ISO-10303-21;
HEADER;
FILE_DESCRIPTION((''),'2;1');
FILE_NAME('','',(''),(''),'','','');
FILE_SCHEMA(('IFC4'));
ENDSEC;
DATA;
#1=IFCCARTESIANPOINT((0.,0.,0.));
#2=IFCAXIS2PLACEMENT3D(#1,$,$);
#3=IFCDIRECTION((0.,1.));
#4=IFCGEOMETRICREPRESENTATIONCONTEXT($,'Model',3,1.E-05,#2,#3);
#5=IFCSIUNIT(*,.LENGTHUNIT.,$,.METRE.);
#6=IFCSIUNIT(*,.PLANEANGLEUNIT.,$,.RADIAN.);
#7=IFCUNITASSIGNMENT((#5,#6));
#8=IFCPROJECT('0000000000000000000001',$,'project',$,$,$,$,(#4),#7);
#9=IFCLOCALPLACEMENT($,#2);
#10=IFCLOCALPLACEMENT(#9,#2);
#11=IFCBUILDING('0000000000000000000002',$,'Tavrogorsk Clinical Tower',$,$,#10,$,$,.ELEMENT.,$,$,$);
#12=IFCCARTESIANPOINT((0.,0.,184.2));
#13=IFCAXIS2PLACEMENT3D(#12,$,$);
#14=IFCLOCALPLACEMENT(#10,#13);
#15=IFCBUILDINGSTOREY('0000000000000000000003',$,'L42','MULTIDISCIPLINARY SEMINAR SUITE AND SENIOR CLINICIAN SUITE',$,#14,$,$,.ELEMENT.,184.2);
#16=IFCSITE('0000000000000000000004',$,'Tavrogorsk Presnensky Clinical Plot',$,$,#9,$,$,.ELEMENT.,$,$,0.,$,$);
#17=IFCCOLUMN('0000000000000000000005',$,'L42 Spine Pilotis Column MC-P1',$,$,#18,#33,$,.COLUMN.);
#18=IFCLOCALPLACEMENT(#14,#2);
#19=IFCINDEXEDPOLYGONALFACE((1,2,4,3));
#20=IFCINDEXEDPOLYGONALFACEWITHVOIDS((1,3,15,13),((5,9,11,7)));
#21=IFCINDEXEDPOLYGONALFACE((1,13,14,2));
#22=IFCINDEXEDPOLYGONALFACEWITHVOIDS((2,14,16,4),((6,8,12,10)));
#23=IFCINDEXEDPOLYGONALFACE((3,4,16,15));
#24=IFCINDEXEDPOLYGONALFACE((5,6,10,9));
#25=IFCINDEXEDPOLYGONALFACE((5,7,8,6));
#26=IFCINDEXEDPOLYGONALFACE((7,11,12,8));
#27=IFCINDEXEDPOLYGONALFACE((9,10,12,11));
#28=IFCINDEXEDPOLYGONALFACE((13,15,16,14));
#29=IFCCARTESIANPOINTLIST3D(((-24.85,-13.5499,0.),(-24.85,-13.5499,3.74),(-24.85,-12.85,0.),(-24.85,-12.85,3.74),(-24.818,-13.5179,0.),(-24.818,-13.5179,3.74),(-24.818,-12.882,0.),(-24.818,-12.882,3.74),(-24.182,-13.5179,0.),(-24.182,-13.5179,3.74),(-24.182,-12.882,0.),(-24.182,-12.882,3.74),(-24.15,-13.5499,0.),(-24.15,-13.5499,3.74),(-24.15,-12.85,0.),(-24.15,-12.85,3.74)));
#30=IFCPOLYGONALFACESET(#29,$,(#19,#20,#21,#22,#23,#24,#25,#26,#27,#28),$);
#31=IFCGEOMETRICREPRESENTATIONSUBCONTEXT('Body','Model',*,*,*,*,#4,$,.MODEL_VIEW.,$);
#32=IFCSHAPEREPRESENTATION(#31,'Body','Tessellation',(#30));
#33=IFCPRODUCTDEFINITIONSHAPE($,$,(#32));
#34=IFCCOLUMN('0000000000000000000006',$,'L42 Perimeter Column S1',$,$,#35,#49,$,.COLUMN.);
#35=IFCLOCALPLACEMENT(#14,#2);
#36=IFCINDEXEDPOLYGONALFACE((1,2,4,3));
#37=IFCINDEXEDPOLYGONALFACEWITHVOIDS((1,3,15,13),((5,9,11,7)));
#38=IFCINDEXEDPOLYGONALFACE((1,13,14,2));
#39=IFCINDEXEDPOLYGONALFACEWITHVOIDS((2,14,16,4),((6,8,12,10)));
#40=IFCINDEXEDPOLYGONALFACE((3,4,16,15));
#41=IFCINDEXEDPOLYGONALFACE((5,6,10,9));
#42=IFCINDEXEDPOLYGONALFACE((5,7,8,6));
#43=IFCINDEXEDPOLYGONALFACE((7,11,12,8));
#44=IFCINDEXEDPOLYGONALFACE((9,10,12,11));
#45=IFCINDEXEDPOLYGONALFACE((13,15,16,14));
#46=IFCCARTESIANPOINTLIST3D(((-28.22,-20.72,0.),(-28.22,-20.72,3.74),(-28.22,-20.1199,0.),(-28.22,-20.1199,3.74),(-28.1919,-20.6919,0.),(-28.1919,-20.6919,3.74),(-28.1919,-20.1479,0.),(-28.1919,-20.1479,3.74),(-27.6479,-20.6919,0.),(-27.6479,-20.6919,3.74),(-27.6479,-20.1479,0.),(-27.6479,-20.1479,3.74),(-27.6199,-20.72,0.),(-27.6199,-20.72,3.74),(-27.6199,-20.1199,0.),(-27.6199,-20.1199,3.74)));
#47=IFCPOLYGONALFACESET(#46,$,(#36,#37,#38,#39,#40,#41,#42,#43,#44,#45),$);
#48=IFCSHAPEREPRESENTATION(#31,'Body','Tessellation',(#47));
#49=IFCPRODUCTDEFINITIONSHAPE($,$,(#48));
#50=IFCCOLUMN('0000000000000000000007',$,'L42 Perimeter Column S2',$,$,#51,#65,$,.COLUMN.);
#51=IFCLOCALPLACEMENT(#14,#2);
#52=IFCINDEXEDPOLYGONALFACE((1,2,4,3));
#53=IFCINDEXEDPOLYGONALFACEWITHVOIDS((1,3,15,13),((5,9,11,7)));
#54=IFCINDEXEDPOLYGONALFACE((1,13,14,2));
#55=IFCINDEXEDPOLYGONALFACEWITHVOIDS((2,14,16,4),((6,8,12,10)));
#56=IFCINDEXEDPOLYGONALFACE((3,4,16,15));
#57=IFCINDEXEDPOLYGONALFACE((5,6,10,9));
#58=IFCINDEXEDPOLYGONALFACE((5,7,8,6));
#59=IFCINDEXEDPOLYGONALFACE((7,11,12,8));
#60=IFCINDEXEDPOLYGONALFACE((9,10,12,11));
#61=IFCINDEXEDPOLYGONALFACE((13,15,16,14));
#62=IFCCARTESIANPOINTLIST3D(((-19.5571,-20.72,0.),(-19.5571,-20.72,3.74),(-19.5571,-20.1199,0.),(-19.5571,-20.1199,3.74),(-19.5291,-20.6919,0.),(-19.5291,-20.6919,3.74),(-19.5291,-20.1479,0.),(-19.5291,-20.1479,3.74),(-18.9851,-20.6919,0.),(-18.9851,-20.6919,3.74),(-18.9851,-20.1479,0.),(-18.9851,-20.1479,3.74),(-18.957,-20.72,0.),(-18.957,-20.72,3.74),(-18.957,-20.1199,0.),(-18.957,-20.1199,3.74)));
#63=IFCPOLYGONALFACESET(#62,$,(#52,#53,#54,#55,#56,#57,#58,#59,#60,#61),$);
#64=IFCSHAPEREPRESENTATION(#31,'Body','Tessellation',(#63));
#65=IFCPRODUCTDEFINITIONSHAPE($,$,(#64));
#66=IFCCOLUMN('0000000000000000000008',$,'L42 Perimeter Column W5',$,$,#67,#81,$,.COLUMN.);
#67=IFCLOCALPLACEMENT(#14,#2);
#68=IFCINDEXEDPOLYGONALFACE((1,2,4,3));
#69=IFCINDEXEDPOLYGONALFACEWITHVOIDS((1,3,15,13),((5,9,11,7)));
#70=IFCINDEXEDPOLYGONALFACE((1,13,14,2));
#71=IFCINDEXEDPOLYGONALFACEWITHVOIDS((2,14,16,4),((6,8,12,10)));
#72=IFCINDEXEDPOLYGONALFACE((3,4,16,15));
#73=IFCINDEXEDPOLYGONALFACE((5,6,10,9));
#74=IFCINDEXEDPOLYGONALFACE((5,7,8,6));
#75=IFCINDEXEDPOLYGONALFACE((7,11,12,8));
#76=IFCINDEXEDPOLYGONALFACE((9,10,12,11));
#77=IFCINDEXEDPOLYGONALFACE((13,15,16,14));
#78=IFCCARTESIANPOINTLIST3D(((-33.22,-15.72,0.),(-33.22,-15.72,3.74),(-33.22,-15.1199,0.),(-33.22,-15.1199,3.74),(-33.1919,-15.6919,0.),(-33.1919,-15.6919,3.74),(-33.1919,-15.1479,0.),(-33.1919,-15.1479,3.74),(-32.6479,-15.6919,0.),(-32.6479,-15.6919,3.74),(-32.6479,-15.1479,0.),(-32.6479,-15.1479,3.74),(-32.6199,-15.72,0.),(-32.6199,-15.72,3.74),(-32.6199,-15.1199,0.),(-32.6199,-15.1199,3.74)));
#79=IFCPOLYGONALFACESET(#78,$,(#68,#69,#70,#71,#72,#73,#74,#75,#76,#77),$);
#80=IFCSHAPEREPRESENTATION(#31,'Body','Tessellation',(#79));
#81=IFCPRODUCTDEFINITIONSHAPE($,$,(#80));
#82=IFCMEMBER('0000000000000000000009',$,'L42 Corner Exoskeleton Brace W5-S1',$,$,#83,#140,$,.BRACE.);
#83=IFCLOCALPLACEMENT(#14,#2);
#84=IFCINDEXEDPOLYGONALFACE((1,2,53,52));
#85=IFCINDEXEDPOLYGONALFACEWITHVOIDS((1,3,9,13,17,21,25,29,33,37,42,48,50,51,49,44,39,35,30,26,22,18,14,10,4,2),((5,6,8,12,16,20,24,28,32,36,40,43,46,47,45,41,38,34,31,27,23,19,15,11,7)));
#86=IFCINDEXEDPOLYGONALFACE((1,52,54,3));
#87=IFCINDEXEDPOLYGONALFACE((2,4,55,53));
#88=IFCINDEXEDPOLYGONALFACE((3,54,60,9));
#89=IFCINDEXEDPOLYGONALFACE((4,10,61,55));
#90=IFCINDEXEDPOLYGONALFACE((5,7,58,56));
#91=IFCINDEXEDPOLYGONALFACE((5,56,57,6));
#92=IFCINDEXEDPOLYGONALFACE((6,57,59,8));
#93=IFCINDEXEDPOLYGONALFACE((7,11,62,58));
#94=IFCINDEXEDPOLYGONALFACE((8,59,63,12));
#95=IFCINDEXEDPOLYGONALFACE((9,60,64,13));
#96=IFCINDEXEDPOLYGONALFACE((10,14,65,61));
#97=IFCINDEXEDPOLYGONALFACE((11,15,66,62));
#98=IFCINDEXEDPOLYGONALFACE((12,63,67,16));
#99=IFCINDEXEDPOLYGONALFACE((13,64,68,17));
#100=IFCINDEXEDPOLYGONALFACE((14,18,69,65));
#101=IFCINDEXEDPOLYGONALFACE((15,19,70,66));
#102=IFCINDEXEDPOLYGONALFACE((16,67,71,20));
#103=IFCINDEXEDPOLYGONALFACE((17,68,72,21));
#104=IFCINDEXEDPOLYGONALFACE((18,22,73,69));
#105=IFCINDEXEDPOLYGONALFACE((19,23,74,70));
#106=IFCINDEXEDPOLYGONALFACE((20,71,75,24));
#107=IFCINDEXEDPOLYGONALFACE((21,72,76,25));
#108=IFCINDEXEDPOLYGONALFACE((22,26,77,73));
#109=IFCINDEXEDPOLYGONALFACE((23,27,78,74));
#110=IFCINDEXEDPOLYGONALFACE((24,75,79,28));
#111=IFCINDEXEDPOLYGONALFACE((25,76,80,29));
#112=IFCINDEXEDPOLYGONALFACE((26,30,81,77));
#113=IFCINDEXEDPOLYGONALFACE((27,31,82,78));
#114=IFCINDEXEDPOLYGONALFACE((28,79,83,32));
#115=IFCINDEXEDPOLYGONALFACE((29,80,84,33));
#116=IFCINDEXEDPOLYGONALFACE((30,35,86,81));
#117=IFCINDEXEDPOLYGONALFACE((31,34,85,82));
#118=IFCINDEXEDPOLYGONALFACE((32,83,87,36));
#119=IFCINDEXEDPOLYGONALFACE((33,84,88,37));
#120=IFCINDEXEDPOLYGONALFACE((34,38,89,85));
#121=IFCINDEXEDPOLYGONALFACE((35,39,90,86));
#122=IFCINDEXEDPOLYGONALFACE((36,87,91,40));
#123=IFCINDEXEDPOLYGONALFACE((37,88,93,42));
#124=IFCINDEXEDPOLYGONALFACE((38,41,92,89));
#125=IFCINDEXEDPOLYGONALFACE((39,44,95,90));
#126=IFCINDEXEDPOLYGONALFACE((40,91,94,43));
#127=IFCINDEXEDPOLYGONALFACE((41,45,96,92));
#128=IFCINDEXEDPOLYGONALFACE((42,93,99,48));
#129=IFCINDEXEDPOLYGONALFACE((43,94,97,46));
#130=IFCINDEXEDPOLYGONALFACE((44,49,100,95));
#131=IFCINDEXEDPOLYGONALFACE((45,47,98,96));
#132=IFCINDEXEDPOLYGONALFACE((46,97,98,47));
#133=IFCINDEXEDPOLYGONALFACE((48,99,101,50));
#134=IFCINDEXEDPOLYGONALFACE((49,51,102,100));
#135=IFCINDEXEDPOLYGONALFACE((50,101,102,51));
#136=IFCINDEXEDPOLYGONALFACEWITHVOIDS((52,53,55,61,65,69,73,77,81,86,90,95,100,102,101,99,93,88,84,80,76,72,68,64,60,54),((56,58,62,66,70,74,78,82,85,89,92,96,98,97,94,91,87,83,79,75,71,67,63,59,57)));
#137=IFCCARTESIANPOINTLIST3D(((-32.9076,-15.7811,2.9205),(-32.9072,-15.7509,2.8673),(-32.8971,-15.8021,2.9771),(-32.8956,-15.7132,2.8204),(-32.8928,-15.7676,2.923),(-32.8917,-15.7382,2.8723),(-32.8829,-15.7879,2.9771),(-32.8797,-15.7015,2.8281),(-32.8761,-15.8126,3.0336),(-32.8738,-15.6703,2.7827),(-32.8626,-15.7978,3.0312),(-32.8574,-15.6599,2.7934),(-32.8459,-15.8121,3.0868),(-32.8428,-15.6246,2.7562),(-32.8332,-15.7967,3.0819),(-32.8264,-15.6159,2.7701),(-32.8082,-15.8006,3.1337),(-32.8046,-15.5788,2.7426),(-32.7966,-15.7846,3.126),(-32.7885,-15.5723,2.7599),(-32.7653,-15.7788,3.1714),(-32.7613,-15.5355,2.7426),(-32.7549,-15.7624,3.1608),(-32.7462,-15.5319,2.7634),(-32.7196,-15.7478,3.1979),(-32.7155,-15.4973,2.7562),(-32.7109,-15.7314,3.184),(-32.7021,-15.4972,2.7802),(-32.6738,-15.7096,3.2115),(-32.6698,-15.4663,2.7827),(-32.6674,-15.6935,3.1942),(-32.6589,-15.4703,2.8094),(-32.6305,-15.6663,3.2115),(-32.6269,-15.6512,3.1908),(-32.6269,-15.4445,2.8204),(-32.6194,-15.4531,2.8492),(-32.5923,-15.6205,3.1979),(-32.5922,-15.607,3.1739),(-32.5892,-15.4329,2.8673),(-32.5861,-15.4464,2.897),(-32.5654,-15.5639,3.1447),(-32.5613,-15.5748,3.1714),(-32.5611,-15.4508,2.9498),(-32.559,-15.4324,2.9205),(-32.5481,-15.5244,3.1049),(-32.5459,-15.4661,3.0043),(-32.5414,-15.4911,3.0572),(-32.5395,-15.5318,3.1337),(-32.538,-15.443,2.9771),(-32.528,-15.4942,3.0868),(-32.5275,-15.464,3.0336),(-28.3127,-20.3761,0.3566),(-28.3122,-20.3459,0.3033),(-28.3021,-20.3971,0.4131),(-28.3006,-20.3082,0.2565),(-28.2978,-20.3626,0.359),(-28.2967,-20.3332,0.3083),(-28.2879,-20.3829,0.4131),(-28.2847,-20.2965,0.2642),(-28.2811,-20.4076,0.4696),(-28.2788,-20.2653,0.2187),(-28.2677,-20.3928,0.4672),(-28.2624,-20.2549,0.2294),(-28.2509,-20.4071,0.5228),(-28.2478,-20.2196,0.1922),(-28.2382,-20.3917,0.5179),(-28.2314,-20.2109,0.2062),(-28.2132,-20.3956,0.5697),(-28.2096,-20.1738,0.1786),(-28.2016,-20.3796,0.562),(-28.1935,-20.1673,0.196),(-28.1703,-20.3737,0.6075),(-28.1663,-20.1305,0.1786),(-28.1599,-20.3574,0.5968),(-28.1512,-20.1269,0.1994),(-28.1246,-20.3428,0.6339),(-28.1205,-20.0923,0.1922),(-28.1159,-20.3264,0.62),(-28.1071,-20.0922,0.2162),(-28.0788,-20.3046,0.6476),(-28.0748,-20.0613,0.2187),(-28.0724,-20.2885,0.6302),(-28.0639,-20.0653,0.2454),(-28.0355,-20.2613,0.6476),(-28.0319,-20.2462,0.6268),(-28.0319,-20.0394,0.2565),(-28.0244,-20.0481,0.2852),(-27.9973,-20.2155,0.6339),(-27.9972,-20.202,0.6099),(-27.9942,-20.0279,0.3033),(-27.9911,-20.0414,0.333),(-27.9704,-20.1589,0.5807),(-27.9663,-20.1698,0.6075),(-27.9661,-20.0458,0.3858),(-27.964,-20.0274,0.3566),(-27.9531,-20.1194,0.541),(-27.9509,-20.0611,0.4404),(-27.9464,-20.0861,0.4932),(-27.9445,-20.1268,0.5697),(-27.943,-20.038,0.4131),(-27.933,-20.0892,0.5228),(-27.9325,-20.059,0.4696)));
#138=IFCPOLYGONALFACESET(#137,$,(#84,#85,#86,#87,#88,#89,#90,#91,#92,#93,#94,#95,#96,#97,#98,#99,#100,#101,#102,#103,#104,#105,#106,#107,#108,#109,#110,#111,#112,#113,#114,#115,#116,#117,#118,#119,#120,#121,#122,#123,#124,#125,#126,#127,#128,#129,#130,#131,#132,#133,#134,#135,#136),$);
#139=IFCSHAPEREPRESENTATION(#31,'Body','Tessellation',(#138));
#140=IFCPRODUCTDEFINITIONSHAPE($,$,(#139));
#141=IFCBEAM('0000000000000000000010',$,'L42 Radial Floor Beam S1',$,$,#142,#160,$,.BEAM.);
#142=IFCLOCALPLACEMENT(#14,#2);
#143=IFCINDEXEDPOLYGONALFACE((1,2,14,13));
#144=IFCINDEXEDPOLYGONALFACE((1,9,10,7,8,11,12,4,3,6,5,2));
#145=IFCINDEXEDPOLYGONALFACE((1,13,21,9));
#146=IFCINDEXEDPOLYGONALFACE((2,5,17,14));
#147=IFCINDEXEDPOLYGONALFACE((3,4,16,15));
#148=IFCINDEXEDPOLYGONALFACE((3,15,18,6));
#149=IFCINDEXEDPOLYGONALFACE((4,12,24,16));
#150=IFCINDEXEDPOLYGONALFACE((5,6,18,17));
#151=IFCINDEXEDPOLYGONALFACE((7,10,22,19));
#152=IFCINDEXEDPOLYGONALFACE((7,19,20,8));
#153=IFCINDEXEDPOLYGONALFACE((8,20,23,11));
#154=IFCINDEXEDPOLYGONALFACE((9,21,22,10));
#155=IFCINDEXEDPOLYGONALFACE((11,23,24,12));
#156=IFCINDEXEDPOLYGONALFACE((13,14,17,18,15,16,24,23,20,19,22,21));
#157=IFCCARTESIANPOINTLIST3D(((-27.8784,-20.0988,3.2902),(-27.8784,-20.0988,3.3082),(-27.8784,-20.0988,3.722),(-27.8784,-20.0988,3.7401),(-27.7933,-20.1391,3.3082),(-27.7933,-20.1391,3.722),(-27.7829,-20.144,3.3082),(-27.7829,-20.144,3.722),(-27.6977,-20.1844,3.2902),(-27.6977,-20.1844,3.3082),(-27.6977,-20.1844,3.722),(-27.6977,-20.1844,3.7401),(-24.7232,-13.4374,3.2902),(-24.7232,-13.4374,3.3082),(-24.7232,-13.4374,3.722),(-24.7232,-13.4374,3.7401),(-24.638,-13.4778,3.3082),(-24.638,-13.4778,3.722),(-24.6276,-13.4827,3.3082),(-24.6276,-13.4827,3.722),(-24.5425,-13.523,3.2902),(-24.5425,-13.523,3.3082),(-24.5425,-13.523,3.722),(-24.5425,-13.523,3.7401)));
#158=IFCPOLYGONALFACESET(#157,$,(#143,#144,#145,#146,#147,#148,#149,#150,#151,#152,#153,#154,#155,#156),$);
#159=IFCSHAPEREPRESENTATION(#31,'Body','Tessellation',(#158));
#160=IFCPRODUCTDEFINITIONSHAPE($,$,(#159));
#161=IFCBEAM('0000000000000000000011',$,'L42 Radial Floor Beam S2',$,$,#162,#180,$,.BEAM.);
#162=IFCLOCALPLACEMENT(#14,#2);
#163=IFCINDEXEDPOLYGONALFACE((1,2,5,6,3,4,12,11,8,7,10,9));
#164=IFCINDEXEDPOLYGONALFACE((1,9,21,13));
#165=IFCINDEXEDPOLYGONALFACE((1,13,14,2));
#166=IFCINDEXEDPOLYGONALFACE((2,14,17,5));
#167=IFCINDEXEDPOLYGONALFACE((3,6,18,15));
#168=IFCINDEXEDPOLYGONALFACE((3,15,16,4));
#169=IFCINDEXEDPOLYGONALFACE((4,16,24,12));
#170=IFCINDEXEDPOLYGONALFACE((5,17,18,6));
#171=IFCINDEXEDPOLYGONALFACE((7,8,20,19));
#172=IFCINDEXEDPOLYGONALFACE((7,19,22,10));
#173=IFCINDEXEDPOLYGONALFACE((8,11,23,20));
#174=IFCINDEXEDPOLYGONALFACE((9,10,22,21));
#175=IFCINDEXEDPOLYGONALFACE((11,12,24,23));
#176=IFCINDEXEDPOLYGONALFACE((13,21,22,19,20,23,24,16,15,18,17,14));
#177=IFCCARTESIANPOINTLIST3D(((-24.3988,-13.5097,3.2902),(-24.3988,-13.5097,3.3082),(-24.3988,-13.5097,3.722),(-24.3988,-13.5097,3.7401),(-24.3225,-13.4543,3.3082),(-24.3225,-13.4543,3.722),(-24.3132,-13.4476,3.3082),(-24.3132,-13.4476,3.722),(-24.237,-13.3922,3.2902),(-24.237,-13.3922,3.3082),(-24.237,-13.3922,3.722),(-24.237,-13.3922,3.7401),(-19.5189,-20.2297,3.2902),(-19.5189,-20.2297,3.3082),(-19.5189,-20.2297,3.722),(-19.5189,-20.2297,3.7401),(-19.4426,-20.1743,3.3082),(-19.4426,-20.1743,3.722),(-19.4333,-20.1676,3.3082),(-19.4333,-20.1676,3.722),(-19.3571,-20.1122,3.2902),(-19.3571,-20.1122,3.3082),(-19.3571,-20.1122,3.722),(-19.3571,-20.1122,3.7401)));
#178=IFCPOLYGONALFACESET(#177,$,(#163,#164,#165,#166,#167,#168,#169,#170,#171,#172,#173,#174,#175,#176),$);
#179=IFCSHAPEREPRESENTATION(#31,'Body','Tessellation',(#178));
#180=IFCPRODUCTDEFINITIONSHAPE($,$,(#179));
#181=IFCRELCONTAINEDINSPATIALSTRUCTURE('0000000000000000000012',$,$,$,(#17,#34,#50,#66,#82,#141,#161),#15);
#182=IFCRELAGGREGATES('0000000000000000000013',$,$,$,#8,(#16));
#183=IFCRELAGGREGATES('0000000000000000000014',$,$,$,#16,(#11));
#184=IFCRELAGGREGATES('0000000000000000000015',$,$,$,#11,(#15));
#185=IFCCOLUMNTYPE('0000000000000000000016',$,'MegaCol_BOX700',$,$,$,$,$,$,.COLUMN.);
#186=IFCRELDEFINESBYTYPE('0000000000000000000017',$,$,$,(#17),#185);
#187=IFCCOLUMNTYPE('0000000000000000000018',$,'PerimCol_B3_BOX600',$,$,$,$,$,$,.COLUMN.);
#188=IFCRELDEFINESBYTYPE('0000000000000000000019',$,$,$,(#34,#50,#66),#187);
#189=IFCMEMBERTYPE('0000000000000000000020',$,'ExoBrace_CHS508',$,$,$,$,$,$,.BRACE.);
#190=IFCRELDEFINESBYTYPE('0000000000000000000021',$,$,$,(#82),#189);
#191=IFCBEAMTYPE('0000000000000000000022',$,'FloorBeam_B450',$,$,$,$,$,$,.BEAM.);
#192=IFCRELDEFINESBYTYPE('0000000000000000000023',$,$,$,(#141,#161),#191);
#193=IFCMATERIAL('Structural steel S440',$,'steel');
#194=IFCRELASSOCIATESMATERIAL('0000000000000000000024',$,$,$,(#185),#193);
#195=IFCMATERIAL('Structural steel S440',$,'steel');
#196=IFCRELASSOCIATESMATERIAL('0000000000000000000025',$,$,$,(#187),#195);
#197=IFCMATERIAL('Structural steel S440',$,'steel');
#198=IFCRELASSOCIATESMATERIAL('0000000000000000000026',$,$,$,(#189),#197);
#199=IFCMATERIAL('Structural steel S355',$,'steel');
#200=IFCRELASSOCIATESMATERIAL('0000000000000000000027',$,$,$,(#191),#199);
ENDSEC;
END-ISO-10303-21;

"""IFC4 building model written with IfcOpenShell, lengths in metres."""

from ifc_helpers import new_model, si_unit, direction, frame, origin, origin_2d, place, context, subcontext, project, spatial, hollow_rectangle, hollow_circle, i_section, extrude, material, material_profile, profile_set, type_object, element, save


model = new_model("IFC4")

# Units and contexts
model_context = context("Model", 3, precision=1e-05, world=origin(), true_north=direction((0.0, 1.0)))
body_context = subcontext(model_context, "Body", "Model", "MODEL_VIEW")
ifc_project = project(units=[si_unit("LENGTHUNIT", "METRE"), si_unit("PLANEANGLEUNIT", "RADIAN")], contexts=[model_context])

# Site, building, storey
site_placement = place(None, origin())
site = spatial("IfcSite", under=ifc_project, at=site_placement, Name="Tavrogorsk Presnensky Clinical Plot", CompositionType="ELEMENT", RefElevation=0.0)
building_placement = place(site_placement, origin())
building = spatial("IfcBuilding", under=site, at=building_placement, Name="Tavrogorsk Clinical Tower", CompositionType="ELEMENT")
storey_placement = place(building_placement, frame((0.0, 0.0, 184.2)))
storey = spatial("IfcBuildingStorey", under=building, at=storey_placement, Name="L42", Description="MULTIDISCIPLINARY SEMINAR SUITE AND SENIOR CLINICIAN SUITE", CompositionType="ELEMENT", Elevation=184.2)

# Columns
ifc_material_1 = material(Name="Structural steel S440", Category="steel")
ifc_material_profile_1 = material_profile(ifc_material_1, hollow_rectangle(XDim=0.7, YDim=0.7, WallThickness=0.032, at=origin_2d()), Name="BOX-700x700x32")
ifc_profile_set_1 = profile_set([ifc_material_profile_1], Name="Structural steel S440")
column_type_1 = type_object("IfcColumnType", Name="MegaCol_BOX700", PredefinedType="COLUMN", material=ifc_profile_set_1)
column_placement = place(storey_placement, frame((-24.5, -13.2, 0.0), z_axis=(0.0, 0.0, 1.0), x_axis=(1.0, 0.0, 0.0)))
element("IfcColumn", 1, at=column_placement, inside=storey, type_object=column_type_1, Name="L42 Spine Pilotis Column MC-P1", PredefinedType="COLUMN", context=body_context, shape_type="SweptSolid", body=[
    extrude(hollow_rectangle(XDim=0.7, YDim=0.7, WallThickness=0.032, at=origin_2d()), origin(), (0.0, 0.0, 1.0), 3.74),
])
ifc_material_2 = material(Name="Structural steel S440", Category="steel")
ifc_material_profile_2 = material_profile(ifc_material_2, hollow_rectangle(XDim=0.6001, YDim=0.6001, WallThickness=0.0281, at=origin_2d()), Name="BOX-600x600x28")
ifc_profile_set_2 = profile_set([ifc_material_profile_2], Name="Structural steel S440")
column_type_2 = type_object("IfcColumnType", Name="PerimCol_B3_BOX600", PredefinedType="COLUMN", material=ifc_profile_set_2)
for number, where, z_axis, x_axis, name in (
    (2, (-27.9199, -20.4199, 0.0), (0.0, 0.0, 1.0), (1.0, 0.0, 0.0), "L42 Perimeter Column S1"),
    (3, (-19.2571, -20.4199, 0.0), (0.0, 0.0, 1.0), (1.0, 0.0, 0.0), "L42 Perimeter Column S2"),
    (4, (-32.9199, -15.4199, 0.0), (0.0, 0.0, 1.0), (1.0, 0.0, 0.0), "L42 Perimeter Column W5"),
):
    element("IfcColumn", number, at=place(storey_placement, frame(where, z_axis=z_axis, x_axis=x_axis)), inside=storey, type_object=column_type_2, Name=name, PredefinedType="COLUMN", context=body_context, shape_type="SweptSolid", body=[
        extrude(hollow_rectangle(XDim=0.6001, YDim=0.6001, WallThickness=0.0281, at=origin_2d()), origin(), (0.0, 0.0, 1.0), 3.74),
    ])

# Member
ifc_material_3 = material(Name="Structural steel S440", Category="steel")
ifc_material_profile_3 = material_profile(ifc_material_3, hollow_circle(Radius=0.2539, WallThickness=0.02, at=origin_2d()), Name="CHS-508x20")
ifc_profile_set_3 = profile_set([ifc_material_profile_3], Name="Structural steel S440")
member_type_1 = type_object("IfcMemberType", Name="ExoBrace_CHS508", PredefinedType="BRACE", material=ifc_profile_set_3)
member_1_placement = place(storey_placement, frame((-28.1226, -20.2175, 0.4131), z_axis=(-0.657759, 0.657759, 0.367025), x_axis=(-0.707107, -0.707107, 0.0)))
element("IfcMember", 5, at=member_1_placement, inside=storey, type_object=member_type_1, Name="L42 Corner Exoskeleton Brace W5-S1", PredefinedType="BRACE", context=body_context, shape_type="SweptSolid", body=[
    extrude(hollow_circle(Radius=0.2539, WallThickness=0.02, at=origin_2d()), origin(), (0.0, 0.0, 1.0), 6.9858),
])

# Beams
ifc_material_4 = material(Name="Structural steel S355", Category="steel")
ifc_material_profile_4 = material_profile(ifc_material_4, i_section(OverallWidth=0.2, OverallDepth=0.45, WebThickness=0.0115, FlangeThickness=0.0181, at=origin_2d()), Name="B-450x200x11.5x18")
ifc_profile_set_4 = profile_set([ifc_material_profile_4], Name="Structural steel S355")
beam_type_1 = type_object("IfcBeamType", Name="FloorBeam_B450", PredefinedType="BEAM", material=ifc_profile_set_4)
beam_1_placement = place(storey_placement, frame((-24.6328, -13.4802, 3.5151), z_axis=(-0.428074, -0.903744, 0.0), x_axis=(0.903744, -0.428074, 0.0)))
element("IfcBeam", 6, at=beam_1_placement, inside=storey, type_object=beam_type_1, Name="L42 Radial Floor Beam S1", PredefinedType="BEAM", context=body_context, shape_type="SweptSolid", body=[
    extrude(i_section(OverallWidth=0.2, OverallDepth=0.45, WebThickness=0.0115, FlangeThickness=0.0181, at=origin_2d()), origin(), (0.0, 0.0, 1.0), 7.3708),
])
beam_2_placement = place(storey_placement, frame((-24.3179, -13.4509, 3.5151), z_axis=(0.587591, -0.809158, 0.0), x_axis=(0.809158, 0.587591, 0.0)))
element("IfcBeam", 7, at=beam_2_placement, inside=storey, type_object=beam_type_1, Name="L42 Radial Floor Beam S2", PredefinedType="BEAM", context=body_context, shape_type="SweptSolid", body=[
    extrude(i_section(OverallWidth=0.2, OverallDepth=0.45, WebThickness=0.0115, FlangeThickness=0.0181, at=origin_2d()), origin(), (0.0, 0.0, 1.0), 8.3049),
])

save(model, "model.ifc")
